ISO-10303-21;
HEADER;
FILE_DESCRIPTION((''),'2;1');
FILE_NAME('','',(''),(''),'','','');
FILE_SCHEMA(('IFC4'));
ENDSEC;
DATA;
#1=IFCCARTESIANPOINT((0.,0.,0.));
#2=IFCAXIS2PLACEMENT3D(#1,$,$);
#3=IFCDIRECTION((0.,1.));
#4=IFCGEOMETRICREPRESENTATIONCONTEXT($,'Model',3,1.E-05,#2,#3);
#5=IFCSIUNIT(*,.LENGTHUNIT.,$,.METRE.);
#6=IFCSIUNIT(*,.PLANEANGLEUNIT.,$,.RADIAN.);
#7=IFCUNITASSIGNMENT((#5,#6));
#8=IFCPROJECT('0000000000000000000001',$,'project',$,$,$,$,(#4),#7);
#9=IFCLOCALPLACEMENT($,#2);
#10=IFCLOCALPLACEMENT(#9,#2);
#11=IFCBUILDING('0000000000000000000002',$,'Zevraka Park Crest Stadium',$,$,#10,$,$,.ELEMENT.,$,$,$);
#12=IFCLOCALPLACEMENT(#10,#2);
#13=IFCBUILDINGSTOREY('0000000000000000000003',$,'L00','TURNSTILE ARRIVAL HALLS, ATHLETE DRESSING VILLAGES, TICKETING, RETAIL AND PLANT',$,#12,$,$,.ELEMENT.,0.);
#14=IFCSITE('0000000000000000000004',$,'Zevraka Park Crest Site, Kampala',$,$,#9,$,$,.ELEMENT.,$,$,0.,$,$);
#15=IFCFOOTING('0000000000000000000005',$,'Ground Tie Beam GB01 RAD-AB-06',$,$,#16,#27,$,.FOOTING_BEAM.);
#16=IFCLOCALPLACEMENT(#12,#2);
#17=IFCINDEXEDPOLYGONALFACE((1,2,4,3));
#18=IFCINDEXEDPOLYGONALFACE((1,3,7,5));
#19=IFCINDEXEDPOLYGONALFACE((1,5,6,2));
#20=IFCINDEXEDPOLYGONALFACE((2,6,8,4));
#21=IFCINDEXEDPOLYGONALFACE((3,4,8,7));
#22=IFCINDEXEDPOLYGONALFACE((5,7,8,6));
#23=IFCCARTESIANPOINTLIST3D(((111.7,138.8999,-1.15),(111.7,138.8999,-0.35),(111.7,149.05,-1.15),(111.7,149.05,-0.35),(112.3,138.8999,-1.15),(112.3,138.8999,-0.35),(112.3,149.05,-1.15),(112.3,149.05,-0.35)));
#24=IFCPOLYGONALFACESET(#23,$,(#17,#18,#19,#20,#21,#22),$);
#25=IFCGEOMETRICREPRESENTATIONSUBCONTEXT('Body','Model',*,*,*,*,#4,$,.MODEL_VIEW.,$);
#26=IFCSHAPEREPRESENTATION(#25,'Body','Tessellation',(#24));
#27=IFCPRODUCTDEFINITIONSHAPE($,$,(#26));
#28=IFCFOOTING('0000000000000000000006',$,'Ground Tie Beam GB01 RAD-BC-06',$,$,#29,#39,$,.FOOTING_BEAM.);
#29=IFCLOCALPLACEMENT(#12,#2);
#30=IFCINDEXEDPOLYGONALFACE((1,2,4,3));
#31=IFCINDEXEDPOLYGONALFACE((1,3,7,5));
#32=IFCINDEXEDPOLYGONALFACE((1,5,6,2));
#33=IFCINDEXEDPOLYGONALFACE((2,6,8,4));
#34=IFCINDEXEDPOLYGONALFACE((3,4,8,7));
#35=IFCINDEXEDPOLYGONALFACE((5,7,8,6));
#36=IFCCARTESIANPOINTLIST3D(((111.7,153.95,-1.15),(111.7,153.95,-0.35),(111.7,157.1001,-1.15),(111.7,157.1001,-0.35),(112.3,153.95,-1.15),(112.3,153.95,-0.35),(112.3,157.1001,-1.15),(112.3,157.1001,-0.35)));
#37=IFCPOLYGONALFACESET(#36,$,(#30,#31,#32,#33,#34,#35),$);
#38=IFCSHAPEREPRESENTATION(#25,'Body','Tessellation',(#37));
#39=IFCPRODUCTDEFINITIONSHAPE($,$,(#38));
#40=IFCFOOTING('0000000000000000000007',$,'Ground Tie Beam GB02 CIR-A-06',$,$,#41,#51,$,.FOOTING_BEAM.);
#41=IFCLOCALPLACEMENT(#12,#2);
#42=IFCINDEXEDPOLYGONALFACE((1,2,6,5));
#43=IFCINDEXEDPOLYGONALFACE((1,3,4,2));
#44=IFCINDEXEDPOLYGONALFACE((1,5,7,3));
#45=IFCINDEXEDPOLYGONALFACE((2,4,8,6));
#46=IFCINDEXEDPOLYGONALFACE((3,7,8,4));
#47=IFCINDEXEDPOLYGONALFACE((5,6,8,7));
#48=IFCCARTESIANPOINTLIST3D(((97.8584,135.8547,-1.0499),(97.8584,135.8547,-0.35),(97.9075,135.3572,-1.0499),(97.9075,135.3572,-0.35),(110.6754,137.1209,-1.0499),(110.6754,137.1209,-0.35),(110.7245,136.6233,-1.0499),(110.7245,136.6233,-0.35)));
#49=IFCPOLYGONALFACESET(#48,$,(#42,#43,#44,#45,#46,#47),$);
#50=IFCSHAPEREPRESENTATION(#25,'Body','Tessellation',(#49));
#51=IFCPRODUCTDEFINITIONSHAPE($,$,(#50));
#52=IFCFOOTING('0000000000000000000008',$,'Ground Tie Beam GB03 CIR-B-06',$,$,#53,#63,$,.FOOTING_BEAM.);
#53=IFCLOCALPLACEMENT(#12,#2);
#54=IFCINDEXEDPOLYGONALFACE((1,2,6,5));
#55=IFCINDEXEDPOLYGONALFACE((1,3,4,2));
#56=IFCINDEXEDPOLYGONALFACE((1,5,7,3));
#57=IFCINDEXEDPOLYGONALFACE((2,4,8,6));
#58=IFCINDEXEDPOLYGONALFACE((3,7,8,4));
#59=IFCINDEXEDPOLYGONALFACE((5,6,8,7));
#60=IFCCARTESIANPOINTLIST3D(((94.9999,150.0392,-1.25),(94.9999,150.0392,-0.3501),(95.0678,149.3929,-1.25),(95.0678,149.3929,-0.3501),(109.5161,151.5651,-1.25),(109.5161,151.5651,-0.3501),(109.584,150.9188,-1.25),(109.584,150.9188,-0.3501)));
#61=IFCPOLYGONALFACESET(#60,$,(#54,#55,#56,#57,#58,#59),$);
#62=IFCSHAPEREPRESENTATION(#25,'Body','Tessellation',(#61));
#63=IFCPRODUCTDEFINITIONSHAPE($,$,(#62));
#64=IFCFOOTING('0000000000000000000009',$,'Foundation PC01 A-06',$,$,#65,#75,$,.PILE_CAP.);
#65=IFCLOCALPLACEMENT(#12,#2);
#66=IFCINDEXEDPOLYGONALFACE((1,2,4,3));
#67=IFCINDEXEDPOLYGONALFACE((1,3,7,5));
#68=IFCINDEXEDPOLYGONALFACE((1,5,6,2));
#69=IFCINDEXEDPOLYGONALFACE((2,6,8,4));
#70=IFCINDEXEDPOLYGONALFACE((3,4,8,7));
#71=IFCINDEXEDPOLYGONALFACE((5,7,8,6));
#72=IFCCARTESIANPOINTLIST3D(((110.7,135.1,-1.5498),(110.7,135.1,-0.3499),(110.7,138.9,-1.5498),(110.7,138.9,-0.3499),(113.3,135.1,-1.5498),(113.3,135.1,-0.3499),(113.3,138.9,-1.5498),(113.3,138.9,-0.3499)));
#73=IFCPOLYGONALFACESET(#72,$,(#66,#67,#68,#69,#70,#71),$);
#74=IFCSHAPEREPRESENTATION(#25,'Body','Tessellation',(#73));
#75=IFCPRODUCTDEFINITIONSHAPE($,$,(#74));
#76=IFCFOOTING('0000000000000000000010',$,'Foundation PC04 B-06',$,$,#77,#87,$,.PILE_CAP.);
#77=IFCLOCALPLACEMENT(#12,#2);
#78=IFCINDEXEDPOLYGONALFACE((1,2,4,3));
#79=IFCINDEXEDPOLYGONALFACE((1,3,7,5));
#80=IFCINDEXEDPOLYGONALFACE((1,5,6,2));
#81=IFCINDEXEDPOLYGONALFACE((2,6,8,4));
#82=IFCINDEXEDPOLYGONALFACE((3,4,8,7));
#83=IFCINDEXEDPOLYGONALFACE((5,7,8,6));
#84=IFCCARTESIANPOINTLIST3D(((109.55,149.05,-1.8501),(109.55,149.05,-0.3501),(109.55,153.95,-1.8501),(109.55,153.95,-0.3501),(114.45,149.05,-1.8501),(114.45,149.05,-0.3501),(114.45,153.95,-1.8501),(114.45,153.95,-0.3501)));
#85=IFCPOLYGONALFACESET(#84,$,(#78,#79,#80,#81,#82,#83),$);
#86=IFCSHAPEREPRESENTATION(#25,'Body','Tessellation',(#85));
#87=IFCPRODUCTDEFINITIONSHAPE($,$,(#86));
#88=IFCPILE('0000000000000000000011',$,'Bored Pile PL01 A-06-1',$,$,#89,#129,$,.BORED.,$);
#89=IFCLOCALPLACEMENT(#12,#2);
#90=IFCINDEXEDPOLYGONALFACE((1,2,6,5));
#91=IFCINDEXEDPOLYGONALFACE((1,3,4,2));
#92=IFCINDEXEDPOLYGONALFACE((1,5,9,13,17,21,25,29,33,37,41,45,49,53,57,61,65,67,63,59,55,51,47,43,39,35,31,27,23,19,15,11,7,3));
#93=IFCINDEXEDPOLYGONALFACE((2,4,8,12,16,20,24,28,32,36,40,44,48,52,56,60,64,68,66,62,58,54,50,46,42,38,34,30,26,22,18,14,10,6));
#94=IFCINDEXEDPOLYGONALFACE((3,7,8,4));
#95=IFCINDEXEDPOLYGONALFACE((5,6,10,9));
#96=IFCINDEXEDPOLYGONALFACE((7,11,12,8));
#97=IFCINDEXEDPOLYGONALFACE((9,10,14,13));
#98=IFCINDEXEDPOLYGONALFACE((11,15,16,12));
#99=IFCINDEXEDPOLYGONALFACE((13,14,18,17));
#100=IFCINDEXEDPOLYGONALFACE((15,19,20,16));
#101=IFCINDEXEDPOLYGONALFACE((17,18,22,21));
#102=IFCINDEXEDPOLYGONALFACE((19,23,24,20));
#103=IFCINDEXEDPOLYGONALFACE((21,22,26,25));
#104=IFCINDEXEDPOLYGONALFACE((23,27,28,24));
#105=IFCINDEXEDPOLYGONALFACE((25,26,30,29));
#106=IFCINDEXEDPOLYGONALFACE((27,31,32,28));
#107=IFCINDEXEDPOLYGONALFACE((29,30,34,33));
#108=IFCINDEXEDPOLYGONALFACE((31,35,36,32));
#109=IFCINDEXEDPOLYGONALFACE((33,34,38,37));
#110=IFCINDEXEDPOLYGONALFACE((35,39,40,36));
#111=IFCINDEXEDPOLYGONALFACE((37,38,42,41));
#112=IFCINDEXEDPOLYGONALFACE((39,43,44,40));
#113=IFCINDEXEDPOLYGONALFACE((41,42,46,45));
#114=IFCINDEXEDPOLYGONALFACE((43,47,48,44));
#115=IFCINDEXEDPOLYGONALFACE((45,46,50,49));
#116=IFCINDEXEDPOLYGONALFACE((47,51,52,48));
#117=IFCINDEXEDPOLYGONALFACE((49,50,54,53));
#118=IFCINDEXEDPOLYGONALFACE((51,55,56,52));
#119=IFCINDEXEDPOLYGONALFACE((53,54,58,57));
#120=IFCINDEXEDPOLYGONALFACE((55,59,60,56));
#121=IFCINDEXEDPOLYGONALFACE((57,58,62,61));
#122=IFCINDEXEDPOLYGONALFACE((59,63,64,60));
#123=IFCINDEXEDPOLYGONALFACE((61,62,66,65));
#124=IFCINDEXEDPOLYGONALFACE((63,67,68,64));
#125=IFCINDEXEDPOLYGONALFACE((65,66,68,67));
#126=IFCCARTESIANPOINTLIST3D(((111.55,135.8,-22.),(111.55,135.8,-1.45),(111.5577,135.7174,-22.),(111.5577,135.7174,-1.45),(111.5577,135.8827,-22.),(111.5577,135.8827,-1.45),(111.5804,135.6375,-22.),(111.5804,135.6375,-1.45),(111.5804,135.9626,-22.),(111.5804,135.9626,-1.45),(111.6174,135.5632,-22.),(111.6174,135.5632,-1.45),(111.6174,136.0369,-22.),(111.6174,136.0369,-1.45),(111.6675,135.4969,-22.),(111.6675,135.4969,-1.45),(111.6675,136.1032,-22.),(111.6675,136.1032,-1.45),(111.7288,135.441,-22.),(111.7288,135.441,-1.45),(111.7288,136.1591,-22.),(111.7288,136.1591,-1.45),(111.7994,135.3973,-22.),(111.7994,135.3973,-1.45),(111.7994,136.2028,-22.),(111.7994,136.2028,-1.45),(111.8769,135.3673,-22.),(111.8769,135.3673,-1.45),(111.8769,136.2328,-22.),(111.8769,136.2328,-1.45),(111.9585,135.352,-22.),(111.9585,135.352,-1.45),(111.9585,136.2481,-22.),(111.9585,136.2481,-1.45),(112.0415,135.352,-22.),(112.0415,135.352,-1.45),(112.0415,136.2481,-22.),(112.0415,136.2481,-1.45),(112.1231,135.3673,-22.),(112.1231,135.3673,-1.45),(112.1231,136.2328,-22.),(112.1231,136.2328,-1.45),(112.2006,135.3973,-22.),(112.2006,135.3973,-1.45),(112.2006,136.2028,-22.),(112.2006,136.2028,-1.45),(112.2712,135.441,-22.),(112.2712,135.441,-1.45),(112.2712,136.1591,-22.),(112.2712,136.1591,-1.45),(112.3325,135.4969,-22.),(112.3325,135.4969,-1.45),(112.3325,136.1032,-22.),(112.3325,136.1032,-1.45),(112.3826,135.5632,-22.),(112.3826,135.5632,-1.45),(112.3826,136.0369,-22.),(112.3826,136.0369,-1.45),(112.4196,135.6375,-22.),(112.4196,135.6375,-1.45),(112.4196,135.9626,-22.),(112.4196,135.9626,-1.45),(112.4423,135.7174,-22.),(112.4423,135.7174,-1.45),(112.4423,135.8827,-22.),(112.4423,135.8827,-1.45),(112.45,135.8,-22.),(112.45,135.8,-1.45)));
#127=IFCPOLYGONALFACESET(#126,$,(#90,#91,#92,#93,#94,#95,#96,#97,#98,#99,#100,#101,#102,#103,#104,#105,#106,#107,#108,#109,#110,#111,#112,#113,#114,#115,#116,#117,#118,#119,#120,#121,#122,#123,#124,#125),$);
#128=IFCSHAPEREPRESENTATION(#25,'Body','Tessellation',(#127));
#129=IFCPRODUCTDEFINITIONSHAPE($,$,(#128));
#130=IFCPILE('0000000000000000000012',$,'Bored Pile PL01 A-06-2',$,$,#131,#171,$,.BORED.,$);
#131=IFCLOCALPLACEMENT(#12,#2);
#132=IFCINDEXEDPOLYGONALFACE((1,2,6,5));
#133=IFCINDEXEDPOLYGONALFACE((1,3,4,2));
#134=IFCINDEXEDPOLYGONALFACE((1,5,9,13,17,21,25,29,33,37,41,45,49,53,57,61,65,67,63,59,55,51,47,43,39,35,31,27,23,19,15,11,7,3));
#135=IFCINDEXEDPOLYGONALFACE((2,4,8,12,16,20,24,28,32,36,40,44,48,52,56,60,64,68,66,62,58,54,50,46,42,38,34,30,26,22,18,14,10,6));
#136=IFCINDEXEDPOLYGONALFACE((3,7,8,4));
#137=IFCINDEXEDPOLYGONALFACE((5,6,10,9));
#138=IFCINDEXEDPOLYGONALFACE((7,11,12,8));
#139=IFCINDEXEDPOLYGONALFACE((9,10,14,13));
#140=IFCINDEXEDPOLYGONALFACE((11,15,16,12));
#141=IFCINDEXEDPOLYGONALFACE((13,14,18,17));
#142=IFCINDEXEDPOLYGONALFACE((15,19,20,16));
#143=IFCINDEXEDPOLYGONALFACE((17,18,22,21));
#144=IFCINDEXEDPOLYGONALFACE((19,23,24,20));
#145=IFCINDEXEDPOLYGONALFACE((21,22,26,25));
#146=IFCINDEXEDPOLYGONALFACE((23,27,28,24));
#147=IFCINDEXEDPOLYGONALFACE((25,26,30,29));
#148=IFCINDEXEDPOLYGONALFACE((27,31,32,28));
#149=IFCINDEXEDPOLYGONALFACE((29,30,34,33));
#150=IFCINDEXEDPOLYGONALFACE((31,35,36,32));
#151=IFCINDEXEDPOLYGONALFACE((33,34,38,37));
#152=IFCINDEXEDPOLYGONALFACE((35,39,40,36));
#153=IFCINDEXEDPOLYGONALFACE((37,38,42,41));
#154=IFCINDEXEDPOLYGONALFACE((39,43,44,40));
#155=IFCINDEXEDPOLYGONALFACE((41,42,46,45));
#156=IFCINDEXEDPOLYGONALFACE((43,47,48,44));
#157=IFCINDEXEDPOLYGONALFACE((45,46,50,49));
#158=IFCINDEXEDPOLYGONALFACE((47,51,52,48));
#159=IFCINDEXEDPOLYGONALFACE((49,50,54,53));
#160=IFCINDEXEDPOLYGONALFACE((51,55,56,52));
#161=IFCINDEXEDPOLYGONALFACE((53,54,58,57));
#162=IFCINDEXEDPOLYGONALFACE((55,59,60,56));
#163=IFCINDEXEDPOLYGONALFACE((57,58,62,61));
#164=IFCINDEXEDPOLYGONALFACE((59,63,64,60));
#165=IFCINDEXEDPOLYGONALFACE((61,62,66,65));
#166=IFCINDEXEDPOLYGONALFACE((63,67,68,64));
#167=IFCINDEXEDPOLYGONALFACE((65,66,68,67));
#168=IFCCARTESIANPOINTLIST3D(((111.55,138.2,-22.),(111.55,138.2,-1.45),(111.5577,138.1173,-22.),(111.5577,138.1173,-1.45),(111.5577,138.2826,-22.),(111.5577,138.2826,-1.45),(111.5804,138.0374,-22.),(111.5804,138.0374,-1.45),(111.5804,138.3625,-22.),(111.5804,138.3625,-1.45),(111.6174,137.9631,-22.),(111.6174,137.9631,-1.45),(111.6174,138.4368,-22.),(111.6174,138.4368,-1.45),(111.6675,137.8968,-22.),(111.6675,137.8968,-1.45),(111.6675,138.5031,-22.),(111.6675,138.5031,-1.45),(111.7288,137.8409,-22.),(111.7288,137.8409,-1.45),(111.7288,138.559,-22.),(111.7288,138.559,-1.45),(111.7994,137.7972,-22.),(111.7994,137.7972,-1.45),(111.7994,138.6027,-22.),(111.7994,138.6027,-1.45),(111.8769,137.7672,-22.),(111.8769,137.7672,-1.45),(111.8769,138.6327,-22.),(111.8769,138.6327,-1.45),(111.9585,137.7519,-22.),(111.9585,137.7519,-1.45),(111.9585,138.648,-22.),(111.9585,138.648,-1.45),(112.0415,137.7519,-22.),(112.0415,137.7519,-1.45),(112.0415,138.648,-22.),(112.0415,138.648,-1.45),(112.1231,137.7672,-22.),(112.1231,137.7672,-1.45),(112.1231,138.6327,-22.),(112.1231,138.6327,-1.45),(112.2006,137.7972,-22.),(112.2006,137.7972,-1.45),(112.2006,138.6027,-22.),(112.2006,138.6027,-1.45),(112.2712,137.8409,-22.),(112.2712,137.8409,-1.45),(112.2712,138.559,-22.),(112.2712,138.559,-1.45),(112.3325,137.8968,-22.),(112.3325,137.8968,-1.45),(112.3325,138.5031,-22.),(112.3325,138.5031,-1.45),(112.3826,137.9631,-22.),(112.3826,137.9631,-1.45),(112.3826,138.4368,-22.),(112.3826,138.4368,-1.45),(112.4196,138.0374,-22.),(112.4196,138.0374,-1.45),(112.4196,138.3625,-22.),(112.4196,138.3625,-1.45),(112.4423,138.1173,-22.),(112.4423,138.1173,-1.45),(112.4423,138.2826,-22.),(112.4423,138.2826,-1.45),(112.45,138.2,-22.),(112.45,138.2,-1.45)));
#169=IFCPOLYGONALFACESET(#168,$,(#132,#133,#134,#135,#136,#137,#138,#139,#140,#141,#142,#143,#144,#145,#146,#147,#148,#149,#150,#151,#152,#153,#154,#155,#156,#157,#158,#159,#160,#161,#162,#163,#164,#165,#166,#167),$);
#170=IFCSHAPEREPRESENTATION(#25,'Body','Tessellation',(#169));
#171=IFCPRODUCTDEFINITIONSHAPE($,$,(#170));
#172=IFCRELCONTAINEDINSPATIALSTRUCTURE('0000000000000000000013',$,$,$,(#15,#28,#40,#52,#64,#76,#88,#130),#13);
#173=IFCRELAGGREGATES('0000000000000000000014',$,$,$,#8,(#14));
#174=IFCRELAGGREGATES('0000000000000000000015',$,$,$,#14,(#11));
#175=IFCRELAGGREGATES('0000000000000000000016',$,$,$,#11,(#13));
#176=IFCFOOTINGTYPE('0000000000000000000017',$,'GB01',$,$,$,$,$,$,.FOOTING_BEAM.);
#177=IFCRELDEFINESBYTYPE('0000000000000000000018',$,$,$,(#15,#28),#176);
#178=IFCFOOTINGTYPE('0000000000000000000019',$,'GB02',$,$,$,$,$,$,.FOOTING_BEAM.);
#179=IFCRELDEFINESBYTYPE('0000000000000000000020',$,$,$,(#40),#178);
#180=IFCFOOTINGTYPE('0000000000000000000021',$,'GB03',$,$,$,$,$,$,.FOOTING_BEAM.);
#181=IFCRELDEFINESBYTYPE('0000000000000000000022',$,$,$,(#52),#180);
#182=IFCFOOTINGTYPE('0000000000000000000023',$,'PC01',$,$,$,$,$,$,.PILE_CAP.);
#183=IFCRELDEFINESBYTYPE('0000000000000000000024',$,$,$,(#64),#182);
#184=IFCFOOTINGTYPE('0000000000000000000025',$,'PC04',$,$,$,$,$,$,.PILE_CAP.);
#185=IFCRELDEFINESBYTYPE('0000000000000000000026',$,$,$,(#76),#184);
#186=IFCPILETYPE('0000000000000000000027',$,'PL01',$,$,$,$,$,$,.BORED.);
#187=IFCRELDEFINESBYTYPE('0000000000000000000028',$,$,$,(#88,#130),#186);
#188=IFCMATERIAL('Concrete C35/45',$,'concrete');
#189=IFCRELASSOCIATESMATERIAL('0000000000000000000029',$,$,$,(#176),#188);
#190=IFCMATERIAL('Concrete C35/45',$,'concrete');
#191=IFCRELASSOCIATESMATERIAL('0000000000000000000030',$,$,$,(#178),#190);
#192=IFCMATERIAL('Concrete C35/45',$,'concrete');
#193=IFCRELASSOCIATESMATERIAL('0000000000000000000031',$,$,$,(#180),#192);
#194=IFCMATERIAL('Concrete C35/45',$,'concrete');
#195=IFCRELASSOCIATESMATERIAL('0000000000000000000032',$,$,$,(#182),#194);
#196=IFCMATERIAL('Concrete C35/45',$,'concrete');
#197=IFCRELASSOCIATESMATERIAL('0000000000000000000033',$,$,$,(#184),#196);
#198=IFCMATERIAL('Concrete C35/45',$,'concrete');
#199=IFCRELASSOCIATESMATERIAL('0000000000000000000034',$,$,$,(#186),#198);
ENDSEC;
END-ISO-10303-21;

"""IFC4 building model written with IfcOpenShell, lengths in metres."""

from ifc_helpers import new_model, si_unit, direction, frame, origin, origin_2d, place, context, subcontext, project, spatial, rectangle, circle, extrude, material, material_profile, profile_set, type_object, element, save


model = new_model("IFC4")

# Units and contexts
model_context = context("Model", 3, precision=1e-05, world=origin(), true_north=direction((0.0, 1.0)))
body_context = subcontext(model_context, "Body", "Model", "MODEL_VIEW")
ifc_project = project(units=[si_unit("LENGTHUNIT", "METRE"), si_unit("PLANEANGLEUNIT", "RADIAN")], contexts=[model_context])

# Site, building, storey
site_placement = place(None, origin())
site = spatial("IfcSite", under=ifc_project, at=site_placement, Name="Zevraka Park Crest Site, Kampala", CompositionType="ELEMENT", RefElevation=0.0)
building_placement = place(site_placement, origin())
building = spatial("IfcBuilding", under=site, at=building_placement, Name="Zevraka Park Crest Stadium", CompositionType="ELEMENT")
storey_placement = place(building_placement, origin())
storey = spatial("IfcBuildingStorey", under=building, at=storey_placement, Name="L00", Description="TURNSTILE ARRIVAL HALLS, ATHLETE DRESSING VILLAGES, TICKETING, RETAIL AND PLANT", CompositionType="ELEMENT", Elevation=0.0)

# Footings
ifc_material_1 = material(Name="Concrete C35/45", Category="concrete")
ifc_material_profile_1 = material_profile(ifc_material_1, rectangle(XDim=0.6001, YDim=0.8, at=origin_2d()), Name="GB 800x600")
ifc_profile_set_1 = profile_set([ifc_material_profile_1], Name="Concrete C35/45")
footing_type_1 = type_object("IfcFootingType", Name="GB01", PredefinedType="FOOTING_BEAM", material=ifc_profile_set_1)
footing_1_placement = place(storey_placement, frame((112.0, 138.8999, -0.75), z_axis=(0.0, 1.0, 0.0), x_axis=(-1.0, 0.0, 0.0)))
element("IfcFooting", 1, at=footing_1_placement, inside=storey, type_object=footing_type_1, Name="Ground Tie Beam GB01 RAD-AB-06", PredefinedType="FOOTING_BEAM", context=body_context, shape_type="SweptSolid", body=[
    extrude(rectangle(XDim=0.6001, YDim=0.8, at=origin_2d()), origin(), (0.0, 0.0, 1.0), 10.1501),
])
footing_2_placement = place(storey_placement, frame((112.0, 153.95, -0.75), z_axis=(0.0, 1.0, 0.0), x_axis=(-1.0, 0.0, 0.0)))
element("IfcFooting", 2, at=footing_2_placement, inside=storey, type_object=footing_type_1, Name="Ground Tie Beam GB01 RAD-BC-06", PredefinedType="FOOTING_BEAM", context=body_context, shape_type="SweptSolid", body=[
    extrude(rectangle(XDim=0.6001, YDim=0.8, at=origin_2d()), origin(), (0.0, 0.0, 1.0), 3.1501),
])
ifc_material_2 = material(Name="Concrete C35/45", Category="concrete")
ifc_material_profile_2 = material_profile(ifc_material_2, rectangle(XDim=0.5, YDim=0.7, at=origin_2d()), Name="GB 700x500")
ifc_profile_set_2 = profile_set([ifc_material_profile_2], Name="Concrete C35/45")
footing_type_2 = type_object("IfcFootingType", Name="GB02", PredefinedType="FOOTING_BEAM", material=ifc_profile_set_2)
footing_3_placement = place(storey_placement, frame((110.7, 136.8721, -0.7), z_axis=(-0.995156, -0.098306, 0.0), x_axis=(0.098306, -0.995156, 0.0)))
element("IfcFooting", 3, at=footing_3_placement, inside=storey, type_object=footing_type_2, Name="Ground Tie Beam GB02 CIR-A-06", PredefinedType="FOOTING_BEAM", context=body_context, shape_type="SweptSolid", body=[
    extrude(rectangle(XDim=0.5, YDim=0.7, at=origin_2d()), origin(), (0.0, 0.0, 1.0), 12.8794),
])
ifc_material_3 = material(Name="Concrete C35/45", Category="concrete")
ifc_material_profile_3 = material_profile(ifc_material_3, rectangle(XDim=0.6499, YDim=0.8999, at=origin_2d()), Name="GB 900x650")
ifc_profile_set_3 = profile_set([ifc_material_profile_3], Name="Concrete C35/45")
footing_type_3 = type_object("IfcFootingType", Name="GB03", PredefinedType="FOOTING_BEAM", material=ifc_profile_set_3)
footing_4_placement = place(storey_placement, frame((109.55, 151.2419, -0.8), z_axis=(-0.994521, -0.10454, 0.0), x_axis=(0.10454, -0.994521, 0.0)))
element("IfcFooting", 4, at=footing_4_placement, inside=storey, type_object=footing_type_3, Name="Ground Tie Beam GB03 CIR-B-06", PredefinedType="FOOTING_BEAM", context=body_context, shape_type="SweptSolid", body=[
    extrude(rectangle(XDim=0.6499, YDim=0.8999, at=origin_2d()), origin(), (0.0, 0.0, 1.0), 14.5962),
])
ifc_material_4 = material(Name="Concrete C35/45", Category="concrete")
footing_type_4 = type_object("IfcFootingType", Name="PC01", PredefinedType="PILE_CAP", material=ifc_material_4)
footing_5_placement = place(storey_placement, frame((112.0, 137.0, -1.5498), z_axis=(0.0, 0.0, 1.0), x_axis=(0.0, 1.0, 0.0)))
element("IfcFooting", 5, at=footing_5_placement, inside=storey, type_object=footing_type_4, Name="Foundation PC01 A-06", PredefinedType="PILE_CAP", context=body_context, shape_type="SweptSolid", body=[
    extrude(rectangle(XDim=3.8, YDim=2.6001, at=origin_2d()), origin(), (0.0, 0.0, 1.0), 1.2),
])
ifc_material_5 = material(Name="Concrete C35/45", Category="concrete")
footing_type_5 = type_object("IfcFootingType", Name="PC04", PredefinedType="PILE_CAP", material=ifc_material_5)
footing_6_placement = place(storey_placement, frame((112.0, 151.5, -1.8501), z_axis=(0.0, 0.0, 1.0), x_axis=(0.0, 1.0, 0.0)))
element("IfcFooting", 6, at=footing_6_placement, inside=storey, type_object=footing_type_5, Name="Foundation PC04 B-06", PredefinedType="PILE_CAP", context=body_context, shape_type="SweptSolid", body=[
    extrude(rectangle(XDim=4.8999, YDim=4.8999, at=origin_2d()), origin(), (0.0, 0.0, 1.0), 1.5),
])

# Piles
ifc_material_6 = material(Name="Concrete C35/45", Category="concrete")
ifc_material_profile_4 = material_profile(ifc_material_6, circle(Radius=0.45, at=origin_2d()), Name="PILE D900")
ifc_profile_set_4 = profile_set([ifc_material_profile_4], Name="Concrete C35/45")
pile_type_1 = type_object("IfcPileType", Name="PL01", PredefinedType="BORED", material=ifc_profile_set_4)
for number, where, z_axis, x_axis, name in (
    (7, (112.0, 135.8, -1.45), (0.0, 0.0, -1.0), (1.0, 0.0, 0.0), "Bored Pile PL01 A-06-1"),
    (8, (112.0, 138.2, -1.45), (0.0, 0.0, -1.0), (1.0, 0.0, 0.0), "Bored Pile PL01 A-06-2"),
):
    element("IfcPile", number, at=place(storey_placement, frame(where, z_axis=z_axis, x_axis=x_axis)), inside=storey, type_object=pile_type_1, Name=name, PredefinedType="BORED", context=body_context, shape_type="SweptSolid", body=[
        extrude(circle(Radius=0.45, at=origin_2d()), origin(), (0.0, 0.0, 1.0), 20.55),
    ])

save(model, "model.ifc")
